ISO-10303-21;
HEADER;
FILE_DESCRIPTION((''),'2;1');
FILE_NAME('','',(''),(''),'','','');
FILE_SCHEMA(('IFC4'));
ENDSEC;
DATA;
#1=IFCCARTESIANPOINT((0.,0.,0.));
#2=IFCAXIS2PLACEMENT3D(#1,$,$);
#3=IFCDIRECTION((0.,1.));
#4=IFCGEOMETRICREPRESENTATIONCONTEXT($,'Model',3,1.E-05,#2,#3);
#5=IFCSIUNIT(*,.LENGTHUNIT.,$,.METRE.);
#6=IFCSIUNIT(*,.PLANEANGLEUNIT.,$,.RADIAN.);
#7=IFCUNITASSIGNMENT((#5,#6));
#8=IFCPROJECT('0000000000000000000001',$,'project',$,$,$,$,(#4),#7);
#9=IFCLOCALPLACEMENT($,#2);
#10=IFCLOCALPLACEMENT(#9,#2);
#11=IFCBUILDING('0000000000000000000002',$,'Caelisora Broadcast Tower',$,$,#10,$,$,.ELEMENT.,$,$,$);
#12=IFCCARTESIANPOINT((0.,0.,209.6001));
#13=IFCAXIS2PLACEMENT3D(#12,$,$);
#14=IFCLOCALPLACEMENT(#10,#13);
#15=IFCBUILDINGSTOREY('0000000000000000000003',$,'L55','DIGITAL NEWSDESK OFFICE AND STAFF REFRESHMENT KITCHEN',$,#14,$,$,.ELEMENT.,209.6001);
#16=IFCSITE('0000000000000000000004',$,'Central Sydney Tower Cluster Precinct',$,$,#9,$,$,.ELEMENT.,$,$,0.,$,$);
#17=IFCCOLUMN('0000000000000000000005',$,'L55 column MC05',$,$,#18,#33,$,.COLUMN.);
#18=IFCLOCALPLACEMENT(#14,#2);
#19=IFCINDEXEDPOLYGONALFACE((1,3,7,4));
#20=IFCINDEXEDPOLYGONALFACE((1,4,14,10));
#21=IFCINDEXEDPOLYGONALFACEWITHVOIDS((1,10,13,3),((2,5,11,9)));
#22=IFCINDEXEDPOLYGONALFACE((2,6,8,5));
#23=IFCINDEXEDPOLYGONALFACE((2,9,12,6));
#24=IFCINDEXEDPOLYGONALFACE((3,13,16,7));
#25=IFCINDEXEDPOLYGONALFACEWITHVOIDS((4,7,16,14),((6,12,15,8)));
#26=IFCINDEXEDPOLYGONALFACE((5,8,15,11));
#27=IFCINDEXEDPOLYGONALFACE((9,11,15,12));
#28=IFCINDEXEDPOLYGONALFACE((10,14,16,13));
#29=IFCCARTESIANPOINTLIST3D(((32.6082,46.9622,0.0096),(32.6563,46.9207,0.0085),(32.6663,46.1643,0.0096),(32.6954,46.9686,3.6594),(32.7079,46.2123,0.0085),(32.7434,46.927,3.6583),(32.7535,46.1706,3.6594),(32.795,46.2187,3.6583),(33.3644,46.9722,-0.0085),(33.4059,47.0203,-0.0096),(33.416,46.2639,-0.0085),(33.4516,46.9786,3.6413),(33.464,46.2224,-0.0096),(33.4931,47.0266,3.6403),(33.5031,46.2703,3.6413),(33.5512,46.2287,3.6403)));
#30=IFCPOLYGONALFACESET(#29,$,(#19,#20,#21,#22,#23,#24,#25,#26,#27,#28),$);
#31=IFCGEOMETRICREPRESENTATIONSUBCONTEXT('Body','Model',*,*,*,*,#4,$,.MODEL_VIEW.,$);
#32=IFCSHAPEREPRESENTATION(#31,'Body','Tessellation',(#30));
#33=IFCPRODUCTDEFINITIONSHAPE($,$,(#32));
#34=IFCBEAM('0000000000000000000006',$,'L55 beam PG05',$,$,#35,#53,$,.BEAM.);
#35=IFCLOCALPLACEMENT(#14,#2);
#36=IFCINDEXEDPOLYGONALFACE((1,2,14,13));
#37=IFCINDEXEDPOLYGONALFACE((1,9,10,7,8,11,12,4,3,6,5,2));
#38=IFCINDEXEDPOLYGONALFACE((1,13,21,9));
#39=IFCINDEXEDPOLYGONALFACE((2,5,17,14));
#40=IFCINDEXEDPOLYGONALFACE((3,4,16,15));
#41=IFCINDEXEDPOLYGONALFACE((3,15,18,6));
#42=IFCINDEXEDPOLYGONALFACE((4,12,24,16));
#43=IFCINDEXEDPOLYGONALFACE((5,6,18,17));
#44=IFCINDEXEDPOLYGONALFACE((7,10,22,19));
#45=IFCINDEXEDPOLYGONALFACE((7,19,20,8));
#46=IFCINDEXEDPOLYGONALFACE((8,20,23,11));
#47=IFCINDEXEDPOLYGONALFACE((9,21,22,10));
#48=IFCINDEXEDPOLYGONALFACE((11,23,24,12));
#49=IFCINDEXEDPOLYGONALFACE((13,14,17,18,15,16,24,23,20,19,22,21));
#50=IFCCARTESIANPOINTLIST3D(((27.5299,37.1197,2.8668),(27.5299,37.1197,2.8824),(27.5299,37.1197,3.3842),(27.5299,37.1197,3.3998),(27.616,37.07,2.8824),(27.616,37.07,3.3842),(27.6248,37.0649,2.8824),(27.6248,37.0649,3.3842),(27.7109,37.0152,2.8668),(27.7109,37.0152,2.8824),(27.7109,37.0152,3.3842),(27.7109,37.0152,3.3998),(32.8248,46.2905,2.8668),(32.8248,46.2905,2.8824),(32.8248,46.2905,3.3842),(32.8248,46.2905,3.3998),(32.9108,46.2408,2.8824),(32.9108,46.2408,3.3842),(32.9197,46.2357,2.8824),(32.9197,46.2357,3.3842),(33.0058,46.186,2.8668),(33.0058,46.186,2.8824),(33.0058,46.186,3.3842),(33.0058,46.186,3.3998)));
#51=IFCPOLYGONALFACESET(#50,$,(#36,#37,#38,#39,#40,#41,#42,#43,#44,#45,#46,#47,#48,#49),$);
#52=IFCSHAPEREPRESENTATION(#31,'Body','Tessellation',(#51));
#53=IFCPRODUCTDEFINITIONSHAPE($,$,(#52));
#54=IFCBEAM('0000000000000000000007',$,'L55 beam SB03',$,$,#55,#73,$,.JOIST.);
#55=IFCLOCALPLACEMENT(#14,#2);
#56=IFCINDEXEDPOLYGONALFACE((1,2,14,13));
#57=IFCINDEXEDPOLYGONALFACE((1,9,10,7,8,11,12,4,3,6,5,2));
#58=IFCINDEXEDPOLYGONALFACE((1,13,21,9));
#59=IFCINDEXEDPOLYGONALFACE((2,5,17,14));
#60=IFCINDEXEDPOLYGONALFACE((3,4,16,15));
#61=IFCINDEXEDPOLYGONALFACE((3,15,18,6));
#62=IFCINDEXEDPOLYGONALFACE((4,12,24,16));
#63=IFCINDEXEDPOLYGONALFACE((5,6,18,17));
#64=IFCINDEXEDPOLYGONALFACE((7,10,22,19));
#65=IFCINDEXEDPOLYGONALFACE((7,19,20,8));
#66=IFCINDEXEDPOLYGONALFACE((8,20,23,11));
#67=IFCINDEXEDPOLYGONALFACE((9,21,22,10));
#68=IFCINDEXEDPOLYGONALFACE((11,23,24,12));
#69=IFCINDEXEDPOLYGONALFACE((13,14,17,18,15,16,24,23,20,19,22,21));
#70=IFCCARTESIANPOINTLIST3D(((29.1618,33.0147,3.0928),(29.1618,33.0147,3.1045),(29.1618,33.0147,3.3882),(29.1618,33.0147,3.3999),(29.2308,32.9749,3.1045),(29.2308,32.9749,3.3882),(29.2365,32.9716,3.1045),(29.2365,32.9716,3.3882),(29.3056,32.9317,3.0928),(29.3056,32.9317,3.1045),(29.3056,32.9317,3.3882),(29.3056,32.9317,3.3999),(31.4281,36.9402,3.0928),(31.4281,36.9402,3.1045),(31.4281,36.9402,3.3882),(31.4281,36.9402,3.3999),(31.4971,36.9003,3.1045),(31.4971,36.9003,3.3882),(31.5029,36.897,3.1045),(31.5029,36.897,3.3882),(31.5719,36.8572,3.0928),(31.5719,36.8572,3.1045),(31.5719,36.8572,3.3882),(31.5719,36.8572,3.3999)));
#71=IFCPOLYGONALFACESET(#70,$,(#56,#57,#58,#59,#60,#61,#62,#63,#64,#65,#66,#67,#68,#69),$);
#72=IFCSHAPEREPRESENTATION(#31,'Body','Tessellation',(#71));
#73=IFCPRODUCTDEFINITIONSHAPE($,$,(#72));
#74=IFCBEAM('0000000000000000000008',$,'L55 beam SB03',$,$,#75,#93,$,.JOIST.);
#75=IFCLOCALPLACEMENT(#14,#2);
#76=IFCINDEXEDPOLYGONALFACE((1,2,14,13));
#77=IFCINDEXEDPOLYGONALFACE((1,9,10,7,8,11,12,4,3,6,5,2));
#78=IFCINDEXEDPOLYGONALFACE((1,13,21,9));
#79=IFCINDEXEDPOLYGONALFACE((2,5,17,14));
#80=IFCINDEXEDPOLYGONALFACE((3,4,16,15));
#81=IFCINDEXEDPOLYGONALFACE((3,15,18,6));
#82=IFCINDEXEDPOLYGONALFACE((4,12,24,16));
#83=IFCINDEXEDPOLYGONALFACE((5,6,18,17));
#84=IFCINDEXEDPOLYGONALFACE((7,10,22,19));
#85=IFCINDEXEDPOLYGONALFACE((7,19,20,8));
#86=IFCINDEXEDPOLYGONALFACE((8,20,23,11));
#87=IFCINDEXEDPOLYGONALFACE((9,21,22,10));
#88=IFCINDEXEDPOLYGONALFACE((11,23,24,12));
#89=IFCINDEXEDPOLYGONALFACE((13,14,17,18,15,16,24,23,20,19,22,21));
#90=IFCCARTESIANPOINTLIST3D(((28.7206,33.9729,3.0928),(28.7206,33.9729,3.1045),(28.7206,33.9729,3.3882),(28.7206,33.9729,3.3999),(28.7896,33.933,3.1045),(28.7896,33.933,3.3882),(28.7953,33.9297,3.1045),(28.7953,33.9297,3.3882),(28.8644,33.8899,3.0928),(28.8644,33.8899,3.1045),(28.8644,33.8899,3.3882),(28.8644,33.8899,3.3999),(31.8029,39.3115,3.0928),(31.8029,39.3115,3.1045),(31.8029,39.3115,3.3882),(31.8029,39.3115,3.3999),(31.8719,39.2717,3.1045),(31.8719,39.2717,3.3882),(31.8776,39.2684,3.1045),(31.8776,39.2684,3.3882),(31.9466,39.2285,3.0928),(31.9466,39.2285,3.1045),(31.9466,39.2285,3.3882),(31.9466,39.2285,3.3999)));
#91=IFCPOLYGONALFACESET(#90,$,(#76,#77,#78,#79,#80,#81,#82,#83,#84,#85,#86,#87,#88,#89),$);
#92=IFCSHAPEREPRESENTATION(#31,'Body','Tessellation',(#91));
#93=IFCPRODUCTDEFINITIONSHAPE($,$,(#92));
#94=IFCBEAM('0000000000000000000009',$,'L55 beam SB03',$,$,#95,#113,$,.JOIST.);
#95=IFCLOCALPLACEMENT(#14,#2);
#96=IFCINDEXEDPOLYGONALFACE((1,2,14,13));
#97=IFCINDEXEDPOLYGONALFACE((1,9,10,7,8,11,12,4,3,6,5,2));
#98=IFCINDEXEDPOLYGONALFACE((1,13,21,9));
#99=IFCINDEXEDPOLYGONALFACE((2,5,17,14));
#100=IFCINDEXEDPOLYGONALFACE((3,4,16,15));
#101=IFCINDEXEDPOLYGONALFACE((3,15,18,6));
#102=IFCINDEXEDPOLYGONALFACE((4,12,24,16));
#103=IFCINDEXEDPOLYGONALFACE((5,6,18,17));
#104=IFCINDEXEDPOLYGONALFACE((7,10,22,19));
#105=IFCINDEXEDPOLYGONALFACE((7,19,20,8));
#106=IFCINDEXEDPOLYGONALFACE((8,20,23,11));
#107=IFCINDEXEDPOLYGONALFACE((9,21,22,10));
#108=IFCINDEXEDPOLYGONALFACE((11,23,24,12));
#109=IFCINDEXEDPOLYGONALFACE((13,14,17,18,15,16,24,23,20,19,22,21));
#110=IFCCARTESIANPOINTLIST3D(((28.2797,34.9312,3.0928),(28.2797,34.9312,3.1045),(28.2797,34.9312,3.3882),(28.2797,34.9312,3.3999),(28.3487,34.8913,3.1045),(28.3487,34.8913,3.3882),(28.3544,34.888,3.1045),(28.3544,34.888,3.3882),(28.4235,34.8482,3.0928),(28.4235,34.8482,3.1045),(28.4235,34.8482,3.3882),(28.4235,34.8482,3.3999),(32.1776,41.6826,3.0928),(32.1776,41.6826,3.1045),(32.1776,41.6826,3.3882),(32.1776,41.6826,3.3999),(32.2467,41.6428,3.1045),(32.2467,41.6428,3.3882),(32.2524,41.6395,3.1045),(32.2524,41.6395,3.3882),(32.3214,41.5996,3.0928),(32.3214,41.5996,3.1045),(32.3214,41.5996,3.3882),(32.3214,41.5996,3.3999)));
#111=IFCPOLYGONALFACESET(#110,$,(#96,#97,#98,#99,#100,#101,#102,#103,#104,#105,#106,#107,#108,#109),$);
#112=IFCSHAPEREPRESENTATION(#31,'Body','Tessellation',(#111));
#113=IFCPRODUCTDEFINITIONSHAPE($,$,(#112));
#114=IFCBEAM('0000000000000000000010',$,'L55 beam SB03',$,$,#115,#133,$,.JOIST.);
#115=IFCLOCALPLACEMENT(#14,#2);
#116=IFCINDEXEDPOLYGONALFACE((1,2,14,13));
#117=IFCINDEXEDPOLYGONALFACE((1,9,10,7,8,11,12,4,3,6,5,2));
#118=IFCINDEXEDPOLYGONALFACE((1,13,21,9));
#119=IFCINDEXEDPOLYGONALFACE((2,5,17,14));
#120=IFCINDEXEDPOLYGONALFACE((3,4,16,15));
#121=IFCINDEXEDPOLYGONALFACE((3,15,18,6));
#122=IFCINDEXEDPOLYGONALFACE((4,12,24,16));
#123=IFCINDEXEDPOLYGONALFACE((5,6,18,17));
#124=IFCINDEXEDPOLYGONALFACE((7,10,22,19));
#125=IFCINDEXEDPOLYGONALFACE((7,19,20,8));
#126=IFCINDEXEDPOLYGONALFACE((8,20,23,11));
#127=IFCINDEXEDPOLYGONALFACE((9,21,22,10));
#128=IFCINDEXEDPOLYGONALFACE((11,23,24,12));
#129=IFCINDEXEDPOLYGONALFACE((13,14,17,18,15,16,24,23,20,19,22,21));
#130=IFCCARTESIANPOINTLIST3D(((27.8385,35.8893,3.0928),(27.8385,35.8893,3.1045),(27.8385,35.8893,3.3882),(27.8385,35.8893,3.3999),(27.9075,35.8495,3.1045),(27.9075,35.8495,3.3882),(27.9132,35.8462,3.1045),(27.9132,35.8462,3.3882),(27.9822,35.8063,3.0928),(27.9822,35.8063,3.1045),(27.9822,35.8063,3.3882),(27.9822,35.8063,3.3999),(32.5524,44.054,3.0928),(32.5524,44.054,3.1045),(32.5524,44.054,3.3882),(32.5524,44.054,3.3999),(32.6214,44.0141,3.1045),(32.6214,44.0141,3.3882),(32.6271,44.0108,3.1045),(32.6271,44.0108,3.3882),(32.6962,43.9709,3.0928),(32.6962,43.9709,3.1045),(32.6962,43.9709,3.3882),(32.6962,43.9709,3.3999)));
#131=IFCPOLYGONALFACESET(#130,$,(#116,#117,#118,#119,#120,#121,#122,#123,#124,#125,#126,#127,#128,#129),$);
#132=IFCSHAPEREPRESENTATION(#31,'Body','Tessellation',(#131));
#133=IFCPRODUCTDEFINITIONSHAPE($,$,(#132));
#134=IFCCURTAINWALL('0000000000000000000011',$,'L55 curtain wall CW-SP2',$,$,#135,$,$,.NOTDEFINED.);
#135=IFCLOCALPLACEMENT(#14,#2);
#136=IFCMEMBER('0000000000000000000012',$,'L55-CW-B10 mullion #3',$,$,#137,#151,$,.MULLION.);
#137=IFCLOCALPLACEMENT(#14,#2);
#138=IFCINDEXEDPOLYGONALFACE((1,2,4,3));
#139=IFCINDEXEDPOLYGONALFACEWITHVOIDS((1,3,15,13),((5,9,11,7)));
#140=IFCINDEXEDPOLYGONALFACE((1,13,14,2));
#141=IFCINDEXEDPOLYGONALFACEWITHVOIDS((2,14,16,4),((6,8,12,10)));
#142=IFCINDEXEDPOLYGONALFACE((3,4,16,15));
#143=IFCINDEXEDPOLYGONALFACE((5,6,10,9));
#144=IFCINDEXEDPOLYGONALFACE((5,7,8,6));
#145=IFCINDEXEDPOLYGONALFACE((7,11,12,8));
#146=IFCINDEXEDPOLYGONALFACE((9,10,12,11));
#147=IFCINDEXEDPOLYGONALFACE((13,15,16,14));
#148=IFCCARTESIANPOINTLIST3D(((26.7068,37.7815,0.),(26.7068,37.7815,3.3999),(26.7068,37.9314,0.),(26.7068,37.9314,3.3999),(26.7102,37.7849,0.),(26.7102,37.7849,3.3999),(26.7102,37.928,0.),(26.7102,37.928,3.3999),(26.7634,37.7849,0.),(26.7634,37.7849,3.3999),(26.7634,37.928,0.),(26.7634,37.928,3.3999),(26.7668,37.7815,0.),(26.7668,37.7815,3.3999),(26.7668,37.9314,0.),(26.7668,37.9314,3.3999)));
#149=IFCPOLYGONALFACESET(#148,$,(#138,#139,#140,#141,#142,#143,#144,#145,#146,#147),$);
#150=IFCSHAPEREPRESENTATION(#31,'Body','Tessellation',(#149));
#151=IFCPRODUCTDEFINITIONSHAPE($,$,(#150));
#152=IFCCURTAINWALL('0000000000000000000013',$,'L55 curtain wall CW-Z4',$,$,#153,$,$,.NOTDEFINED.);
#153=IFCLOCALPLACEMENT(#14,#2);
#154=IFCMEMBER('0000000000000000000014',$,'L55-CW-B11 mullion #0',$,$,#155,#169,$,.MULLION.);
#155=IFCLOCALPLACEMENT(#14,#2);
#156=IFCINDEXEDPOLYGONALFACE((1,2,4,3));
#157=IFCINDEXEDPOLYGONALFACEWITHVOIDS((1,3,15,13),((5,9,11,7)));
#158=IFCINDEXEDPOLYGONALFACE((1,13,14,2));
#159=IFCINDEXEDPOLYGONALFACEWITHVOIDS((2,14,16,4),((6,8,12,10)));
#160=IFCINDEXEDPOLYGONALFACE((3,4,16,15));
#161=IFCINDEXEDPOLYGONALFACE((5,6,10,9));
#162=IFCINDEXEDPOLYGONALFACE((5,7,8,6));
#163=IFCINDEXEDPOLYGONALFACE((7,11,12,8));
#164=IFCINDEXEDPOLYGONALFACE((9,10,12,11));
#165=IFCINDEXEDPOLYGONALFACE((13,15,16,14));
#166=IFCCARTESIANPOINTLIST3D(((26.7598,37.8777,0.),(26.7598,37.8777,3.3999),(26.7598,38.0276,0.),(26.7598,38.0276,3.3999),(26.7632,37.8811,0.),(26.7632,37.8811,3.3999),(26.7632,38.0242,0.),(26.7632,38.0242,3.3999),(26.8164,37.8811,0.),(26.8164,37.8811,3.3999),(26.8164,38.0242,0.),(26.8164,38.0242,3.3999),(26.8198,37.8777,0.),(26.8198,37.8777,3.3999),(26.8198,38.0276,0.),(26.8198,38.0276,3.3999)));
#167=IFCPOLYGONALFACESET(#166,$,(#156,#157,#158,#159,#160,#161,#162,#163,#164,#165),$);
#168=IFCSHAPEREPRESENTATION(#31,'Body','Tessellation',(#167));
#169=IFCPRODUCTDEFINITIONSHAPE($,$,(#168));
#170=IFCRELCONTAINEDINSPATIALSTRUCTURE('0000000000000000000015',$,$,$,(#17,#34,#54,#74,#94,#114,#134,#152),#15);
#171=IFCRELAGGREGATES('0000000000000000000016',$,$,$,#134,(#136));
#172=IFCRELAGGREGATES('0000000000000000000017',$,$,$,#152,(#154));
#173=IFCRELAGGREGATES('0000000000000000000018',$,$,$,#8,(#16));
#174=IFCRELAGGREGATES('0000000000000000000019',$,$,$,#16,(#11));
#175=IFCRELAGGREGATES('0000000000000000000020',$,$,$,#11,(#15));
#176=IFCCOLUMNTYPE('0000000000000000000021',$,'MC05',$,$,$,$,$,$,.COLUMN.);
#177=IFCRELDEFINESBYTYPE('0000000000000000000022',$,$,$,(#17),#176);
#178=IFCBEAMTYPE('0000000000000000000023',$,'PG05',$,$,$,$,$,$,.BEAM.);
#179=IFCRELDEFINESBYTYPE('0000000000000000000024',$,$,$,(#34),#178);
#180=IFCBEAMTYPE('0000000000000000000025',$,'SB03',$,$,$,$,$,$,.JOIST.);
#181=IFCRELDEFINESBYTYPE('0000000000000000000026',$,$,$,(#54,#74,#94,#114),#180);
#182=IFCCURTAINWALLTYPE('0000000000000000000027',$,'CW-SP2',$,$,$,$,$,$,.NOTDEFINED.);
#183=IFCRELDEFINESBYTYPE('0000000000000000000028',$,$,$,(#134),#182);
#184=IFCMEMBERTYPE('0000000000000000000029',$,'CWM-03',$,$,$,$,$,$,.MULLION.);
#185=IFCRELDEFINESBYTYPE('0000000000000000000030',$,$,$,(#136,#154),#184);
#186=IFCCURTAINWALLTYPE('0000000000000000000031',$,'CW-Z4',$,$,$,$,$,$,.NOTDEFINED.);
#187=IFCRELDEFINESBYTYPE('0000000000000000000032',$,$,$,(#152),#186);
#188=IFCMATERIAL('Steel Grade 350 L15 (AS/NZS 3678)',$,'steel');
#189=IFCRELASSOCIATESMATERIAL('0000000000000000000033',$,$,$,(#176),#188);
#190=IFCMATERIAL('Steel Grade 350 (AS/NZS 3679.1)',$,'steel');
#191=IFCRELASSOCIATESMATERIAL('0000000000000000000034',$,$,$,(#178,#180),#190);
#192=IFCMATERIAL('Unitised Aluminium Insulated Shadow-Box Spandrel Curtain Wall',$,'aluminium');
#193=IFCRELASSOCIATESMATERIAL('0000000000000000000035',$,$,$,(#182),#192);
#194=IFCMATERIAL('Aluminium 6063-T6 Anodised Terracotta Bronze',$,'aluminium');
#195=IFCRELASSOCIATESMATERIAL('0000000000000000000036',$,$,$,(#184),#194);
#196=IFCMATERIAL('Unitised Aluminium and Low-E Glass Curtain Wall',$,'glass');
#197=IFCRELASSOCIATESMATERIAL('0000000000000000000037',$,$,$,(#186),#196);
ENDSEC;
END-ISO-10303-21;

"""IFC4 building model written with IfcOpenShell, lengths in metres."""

from ifc_helpers import new_model, si_unit, direction, frame, origin, origin_2d, place, context, subcontext, project, spatial, hollow_rectangle, i_section, extrude, source, transform, mapped, material, material_profile, profile_set, type_object, type_shapes, element, aggregate, save


model = new_model("IFC4")

# Units and contexts
model_context = context("Model", 3, precision=1e-05, world=origin(), true_north=direction((0.0, 1.0)))
body_context = subcontext(model_context, "Body", "Model", "MODEL_VIEW")
ifc_project = project(units=[si_unit("LENGTHUNIT", "METRE"), si_unit("PLANEANGLEUNIT", "RADIAN")], contexts=[model_context])

# Site, building, storey
site_placement = place(None, origin())
site = spatial("IfcSite", under=ifc_project, at=site_placement, Name="Central Sydney Tower Cluster Precinct", CompositionType="ELEMENT", RefElevation=0.0)
building_placement = place(site_placement, origin())
building = spatial("IfcBuilding", under=site, at=building_placement, Name="Caelisora Broadcast Tower", CompositionType="ELEMENT")
storey_placement = place(building_placement, frame((0.0, 0.0, 209.6001)))
storey = spatial("IfcBuildingStorey", under=building, at=storey_placement, Name="L55", Description="DIGITAL NEWSDESK OFFICE AND STAFF REFRESHMENT KITCHEN", CompositionType="ELEMENT", Elevation=209.6001)

# Column
ifc_material_1 = material(Name="Steel Grade 350 L15 (AS/NZS 3678)", Category="steel")
ifc_material_profile_1 = material_profile(ifc_material_1, hollow_rectangle(XDim=0.8, YDim=0.8, WallThickness=0.0449, at=origin_2d()), Name="Steel Grade 350 L15 (AS/NZS 3678)")
ifc_profile_set_1 = profile_set([ifc_material_profile_1], Name="Steel Grade 350 L15 (AS/NZS 3678)")
column_type = type_object("IfcColumnType", Name="MC05", PredefinedType="COLUMN", material=ifc_profile_set_1)
shared_shape_1 = source(origin(), body_context, "Body", "SweptSolid", [
    extrude(hollow_rectangle(XDim=0.8, YDim=0.8, WallThickness=0.0449, at=origin_2d()), origin(), (0.0, 0.0, 1.0), 3.6509),
])
type_shapes(column_type, [shared_shape_1])
column_placement = place(storey_placement, frame((33.0361, 46.5923, 0.0), z_axis=(0.023873, 0.001739, 0.999713), x_axis=(-0.072637, 0.997358, 0.0)))
element("IfcColumn", 1, at=column_placement, inside=storey, type_object=column_type, Name="L55 column MC05", PredefinedType="COLUMN", context=body_context, shape_type="MappedRepresentation", body=[
    mapped(shared_shape_1, transform((0.0, 0.0, 0.0), scale=1.0)),
])

# Beams
ifc_material_2 = material(Name="Steel Grade 350 (AS/NZS 3679.1)", Category="steel")
ifc_material_profile_2 = material_profile(ifc_material_2, i_section(OverallWidth=0.209, OverallDepth=0.533, WebThickness=0.0103, FlangeThickness=0.0156, at=origin_2d()), Name="Steel Grade 350 (AS/NZS 3679.1)")
ifc_profile_set_2 = profile_set([ifc_material_profile_2], Name="Steel Grade 350 (AS/NZS 3679.1)")
beam_type_1 = type_object("IfcBeamType", Name="PG05", PredefinedType="BEAM", material=ifc_profile_set_2)
shared_shape_2 = source(origin(), body_context, "Body", "SweptSolid", [
    extrude(i_section(OverallWidth=0.209, OverallDepth=0.533, WebThickness=0.0103, FlangeThickness=0.0156, at=origin_2d()), origin(), (0.0, 0.0, 1.0), 10.5896),
])
type_shapes(beam_type_1, [shared_shape_2])
beam_1_placement = place(storey_placement, frame((32.9153, 46.2383, 3.1333), z_axis=(-0.500007, -0.866021, 0.0), x_axis=(0.866021, -0.500007, 0.0)))
element("IfcBeam", 2, at=beam_1_placement, inside=storey, type_object=beam_type_1, Name="L55 beam PG05", PredefinedType="BEAM", context=body_context, shape_type="MappedRepresentation", body=[
    mapped(shared_shape_2, transform((0.0, 0.0, 0.0), scale=1.0)),
])
ifc_material_profile_3 = material_profile(ifc_material_2, i_section(OverallWidth=0.166, OverallDepth=0.3071, WebThickness=0.0066, FlangeThickness=0.0117, at=origin_2d()), Name="Steel Grade 350 (AS/NZS 3679.1)")
ifc_profile_set_3 = profile_set([ifc_material_profile_3], Name="Steel Grade 350 (AS/NZS 3679.1)")
beam_type_2 = type_object("IfcBeamType", Name="SB03", PredefinedType="JOIST", material=ifc_profile_set_3)
shared_shape_3 = source(origin(), body_context, "Body", "SweptSolid", [
    extrude(i_section(OverallWidth=0.166, OverallDepth=0.3071, WebThickness=0.0066, FlangeThickness=0.0117, at=origin_2d()), origin(), (0.0, 0.0, 1.0), 4.5327),
])
beam_2_placement = place(storey_placement, frame((31.5, 36.8987, 3.2463), z_axis=(-0.499991, -0.86603, 0.0), x_axis=(0.86603, -0.499991, 0.0)))
element("IfcBeam", 3, at=beam_2_placement, inside=storey, type_object=beam_type_2, Name="L55 beam SB03", PredefinedType="JOIST", context=body_context, shape_type="MappedRepresentation", body=[
    mapped(shared_shape_3, transform((0.0, 0.0, 0.0), scale=1.0)),
])
shared_shape_4 = source(origin(), body_context, "Body", "SweptSolid", [
    extrude(i_section(OverallWidth=0.166, OverallDepth=0.3071, WebThickness=0.0066, FlangeThickness=0.0117, at=origin_2d()), origin(), (0.0, 0.0, 1.0), 6.1646),
])
beam_3_placement = place(storey_placement, frame((31.8748, 39.27, 3.2463), z_axis=(-0.500002, -0.866024, 0.0), x_axis=(0.866024, -0.500002, 0.0)))
element("IfcBeam", 4, at=beam_3_placement, inside=storey, type_object=beam_type_2, Name="L55 beam SB03", PredefinedType="JOIST", context=body_context, shape_type="MappedRepresentation", body=[
    mapped(shared_shape_4, transform((0.0, 0.0, 0.0), scale=1.0)),
])
shared_shape_5 = source(origin(), body_context, "Body", "SweptSolid", [
    extrude(i_section(OverallWidth=0.166, OverallDepth=0.3071, WebThickness=0.0066, FlangeThickness=0.0117, at=origin_2d()), origin(), (0.0, 0.0, 1.0), 7.7959),
])
beam_4_placement = place(storey_placement, frame((32.2495, 41.6411, 3.2463), z_axis=(-0.499999, -0.866026, 0.0), x_axis=(0.866026, -0.499999, 0.0)))
element("IfcBeam", 5, at=beam_4_placement, inside=storey, type_object=beam_type_2, Name="L55 beam SB03", PredefinedType="JOIST", context=body_context, shape_type="MappedRepresentation", body=[
    mapped(shared_shape_5, transform((0.0, 0.0, 0.0), scale=1.0)),
])
shared_shape_6 = source(origin(), body_context, "Body", "SweptSolid", [
    extrude(i_section(OverallWidth=0.166, OverallDepth=0.3071, WebThickness=0.0066, FlangeThickness=0.0117, at=origin_2d()), origin(), (0.0, 0.0, 1.0), 9.4277),
])
type_shapes(beam_type_2, [shared_shape_3, shared_shape_4, shared_shape_5, shared_shape_6])
beam_5_placement = place(storey_placement, frame((32.6243, 44.0125, 3.2463), z_axis=(-0.500005, -0.866023, 0.0), x_axis=(0.866023, -0.500005, 0.0)))
element("IfcBeam", 6, at=beam_5_placement, inside=storey, type_object=beam_type_2, Name="L55 beam SB03", PredefinedType="JOIST", context=body_context, shape_type="MappedRepresentation", body=[
    mapped(shared_shape_6, transform((0.0, 0.0, 0.0), scale=1.0)),
])

# Curtain wall, member
ifc_material_3 = material(Name="Unitised Aluminium Insulated Shadow-Box Spandrel Curtain Wall", Category="aluminium")
curtain_wall_type_1 = type_object("IfcCurtainWallType", Name="CW-SP2", PredefinedType="NOTDEFINED", material=ifc_material_3)
curtain_wall_1_placement = place(storey_placement, origin())
curtain_wall_1 = element("IfcCurtainWall", 7, at=curtain_wall_1_placement, inside=storey, type_object=curtain_wall_type_1, Name="L55 curtain wall CW-SP2", PredefinedType="NOTDEFINED")
ifc_material_4 = material(Name="Aluminium 6063-T6 Anodised Terracotta Bronze", Category="aluminium")
ifc_material_profile_4 = material_profile(ifc_material_4, hollow_rectangle(XDim=0.0601, YDim=0.1499, WallThickness=0.0034, at=origin_2d()), Name="Aluminium 6063-T6 Anodised Terracotta Bronze")
ifc_profile_set_4 = profile_set([ifc_material_profile_4], Name="Aluminium 6063-T6 Anodised Terracotta Bronze")
member_type_1 = type_object("IfcMemberType", Name="CWM-03", PredefinedType="MULLION", material=ifc_profile_set_4)
shared_shape_7 = source(origin(), body_context, "Body", "SweptSolid", [
    extrude(hollow_rectangle(XDim=0.0601, YDim=0.1499, WallThickness=0.0034, at=origin_2d()), origin(), (0.0, 0.0, 1.0), 3.3999),
])
type_shapes(member_type_1, [shared_shape_7])
member_1_placement = place(storey_placement, frame((26.7368, 37.8564, 0.0), z_axis=(0.0, 0.0, 1.0), x_axis=(1.0, 0.0, 0.0)))
member_1 = element("IfcMember", 8, at=member_1_placement, type_object=member_type_1, Name="L55-CW-B10 mullion #3", PredefinedType="MULLION", context=body_context, shape_type="MappedRepresentation", body=[
    mapped(shared_shape_7, transform((0.0, 0.0, 0.0), scale=1.0)),
])
aggregate(curtain_wall_1, [member_1])

# Curtain wall, member
ifc_material_5 = material(Name="Unitised Aluminium and Low-E Glass Curtain Wall", Category="glass")
curtain_wall_type_2 = type_object("IfcCurtainWallType", Name="CW-Z4", PredefinedType="NOTDEFINED", material=ifc_material_5)
curtain_wall_2_placement = place(storey_placement, origin())
curtain_wall_2 = element("IfcCurtainWall", 9, at=curtain_wall_2_placement, inside=storey, type_object=curtain_wall_type_2, Name="L55 curtain wall CW-Z4", PredefinedType="NOTDEFINED")
member_2_placement = place(storey_placement, frame((26.7898, 37.9526, 0.0), z_axis=(0.0, 0.0, 1.0), x_axis=(1.0, 0.0, 0.0)))
member_2 = element("IfcMember", 10, at=member_2_placement, type_object=member_type_1, Name="L55-CW-B11 mullion #0", PredefinedType="MULLION", context=body_context, shape_type="MappedRepresentation", body=[
    mapped(shared_shape_7, transform((0.0, 0.0, 0.0), scale=1.0)),
])
aggregate(curtain_wall_2, [member_2])

save(model, "model.ifc")
